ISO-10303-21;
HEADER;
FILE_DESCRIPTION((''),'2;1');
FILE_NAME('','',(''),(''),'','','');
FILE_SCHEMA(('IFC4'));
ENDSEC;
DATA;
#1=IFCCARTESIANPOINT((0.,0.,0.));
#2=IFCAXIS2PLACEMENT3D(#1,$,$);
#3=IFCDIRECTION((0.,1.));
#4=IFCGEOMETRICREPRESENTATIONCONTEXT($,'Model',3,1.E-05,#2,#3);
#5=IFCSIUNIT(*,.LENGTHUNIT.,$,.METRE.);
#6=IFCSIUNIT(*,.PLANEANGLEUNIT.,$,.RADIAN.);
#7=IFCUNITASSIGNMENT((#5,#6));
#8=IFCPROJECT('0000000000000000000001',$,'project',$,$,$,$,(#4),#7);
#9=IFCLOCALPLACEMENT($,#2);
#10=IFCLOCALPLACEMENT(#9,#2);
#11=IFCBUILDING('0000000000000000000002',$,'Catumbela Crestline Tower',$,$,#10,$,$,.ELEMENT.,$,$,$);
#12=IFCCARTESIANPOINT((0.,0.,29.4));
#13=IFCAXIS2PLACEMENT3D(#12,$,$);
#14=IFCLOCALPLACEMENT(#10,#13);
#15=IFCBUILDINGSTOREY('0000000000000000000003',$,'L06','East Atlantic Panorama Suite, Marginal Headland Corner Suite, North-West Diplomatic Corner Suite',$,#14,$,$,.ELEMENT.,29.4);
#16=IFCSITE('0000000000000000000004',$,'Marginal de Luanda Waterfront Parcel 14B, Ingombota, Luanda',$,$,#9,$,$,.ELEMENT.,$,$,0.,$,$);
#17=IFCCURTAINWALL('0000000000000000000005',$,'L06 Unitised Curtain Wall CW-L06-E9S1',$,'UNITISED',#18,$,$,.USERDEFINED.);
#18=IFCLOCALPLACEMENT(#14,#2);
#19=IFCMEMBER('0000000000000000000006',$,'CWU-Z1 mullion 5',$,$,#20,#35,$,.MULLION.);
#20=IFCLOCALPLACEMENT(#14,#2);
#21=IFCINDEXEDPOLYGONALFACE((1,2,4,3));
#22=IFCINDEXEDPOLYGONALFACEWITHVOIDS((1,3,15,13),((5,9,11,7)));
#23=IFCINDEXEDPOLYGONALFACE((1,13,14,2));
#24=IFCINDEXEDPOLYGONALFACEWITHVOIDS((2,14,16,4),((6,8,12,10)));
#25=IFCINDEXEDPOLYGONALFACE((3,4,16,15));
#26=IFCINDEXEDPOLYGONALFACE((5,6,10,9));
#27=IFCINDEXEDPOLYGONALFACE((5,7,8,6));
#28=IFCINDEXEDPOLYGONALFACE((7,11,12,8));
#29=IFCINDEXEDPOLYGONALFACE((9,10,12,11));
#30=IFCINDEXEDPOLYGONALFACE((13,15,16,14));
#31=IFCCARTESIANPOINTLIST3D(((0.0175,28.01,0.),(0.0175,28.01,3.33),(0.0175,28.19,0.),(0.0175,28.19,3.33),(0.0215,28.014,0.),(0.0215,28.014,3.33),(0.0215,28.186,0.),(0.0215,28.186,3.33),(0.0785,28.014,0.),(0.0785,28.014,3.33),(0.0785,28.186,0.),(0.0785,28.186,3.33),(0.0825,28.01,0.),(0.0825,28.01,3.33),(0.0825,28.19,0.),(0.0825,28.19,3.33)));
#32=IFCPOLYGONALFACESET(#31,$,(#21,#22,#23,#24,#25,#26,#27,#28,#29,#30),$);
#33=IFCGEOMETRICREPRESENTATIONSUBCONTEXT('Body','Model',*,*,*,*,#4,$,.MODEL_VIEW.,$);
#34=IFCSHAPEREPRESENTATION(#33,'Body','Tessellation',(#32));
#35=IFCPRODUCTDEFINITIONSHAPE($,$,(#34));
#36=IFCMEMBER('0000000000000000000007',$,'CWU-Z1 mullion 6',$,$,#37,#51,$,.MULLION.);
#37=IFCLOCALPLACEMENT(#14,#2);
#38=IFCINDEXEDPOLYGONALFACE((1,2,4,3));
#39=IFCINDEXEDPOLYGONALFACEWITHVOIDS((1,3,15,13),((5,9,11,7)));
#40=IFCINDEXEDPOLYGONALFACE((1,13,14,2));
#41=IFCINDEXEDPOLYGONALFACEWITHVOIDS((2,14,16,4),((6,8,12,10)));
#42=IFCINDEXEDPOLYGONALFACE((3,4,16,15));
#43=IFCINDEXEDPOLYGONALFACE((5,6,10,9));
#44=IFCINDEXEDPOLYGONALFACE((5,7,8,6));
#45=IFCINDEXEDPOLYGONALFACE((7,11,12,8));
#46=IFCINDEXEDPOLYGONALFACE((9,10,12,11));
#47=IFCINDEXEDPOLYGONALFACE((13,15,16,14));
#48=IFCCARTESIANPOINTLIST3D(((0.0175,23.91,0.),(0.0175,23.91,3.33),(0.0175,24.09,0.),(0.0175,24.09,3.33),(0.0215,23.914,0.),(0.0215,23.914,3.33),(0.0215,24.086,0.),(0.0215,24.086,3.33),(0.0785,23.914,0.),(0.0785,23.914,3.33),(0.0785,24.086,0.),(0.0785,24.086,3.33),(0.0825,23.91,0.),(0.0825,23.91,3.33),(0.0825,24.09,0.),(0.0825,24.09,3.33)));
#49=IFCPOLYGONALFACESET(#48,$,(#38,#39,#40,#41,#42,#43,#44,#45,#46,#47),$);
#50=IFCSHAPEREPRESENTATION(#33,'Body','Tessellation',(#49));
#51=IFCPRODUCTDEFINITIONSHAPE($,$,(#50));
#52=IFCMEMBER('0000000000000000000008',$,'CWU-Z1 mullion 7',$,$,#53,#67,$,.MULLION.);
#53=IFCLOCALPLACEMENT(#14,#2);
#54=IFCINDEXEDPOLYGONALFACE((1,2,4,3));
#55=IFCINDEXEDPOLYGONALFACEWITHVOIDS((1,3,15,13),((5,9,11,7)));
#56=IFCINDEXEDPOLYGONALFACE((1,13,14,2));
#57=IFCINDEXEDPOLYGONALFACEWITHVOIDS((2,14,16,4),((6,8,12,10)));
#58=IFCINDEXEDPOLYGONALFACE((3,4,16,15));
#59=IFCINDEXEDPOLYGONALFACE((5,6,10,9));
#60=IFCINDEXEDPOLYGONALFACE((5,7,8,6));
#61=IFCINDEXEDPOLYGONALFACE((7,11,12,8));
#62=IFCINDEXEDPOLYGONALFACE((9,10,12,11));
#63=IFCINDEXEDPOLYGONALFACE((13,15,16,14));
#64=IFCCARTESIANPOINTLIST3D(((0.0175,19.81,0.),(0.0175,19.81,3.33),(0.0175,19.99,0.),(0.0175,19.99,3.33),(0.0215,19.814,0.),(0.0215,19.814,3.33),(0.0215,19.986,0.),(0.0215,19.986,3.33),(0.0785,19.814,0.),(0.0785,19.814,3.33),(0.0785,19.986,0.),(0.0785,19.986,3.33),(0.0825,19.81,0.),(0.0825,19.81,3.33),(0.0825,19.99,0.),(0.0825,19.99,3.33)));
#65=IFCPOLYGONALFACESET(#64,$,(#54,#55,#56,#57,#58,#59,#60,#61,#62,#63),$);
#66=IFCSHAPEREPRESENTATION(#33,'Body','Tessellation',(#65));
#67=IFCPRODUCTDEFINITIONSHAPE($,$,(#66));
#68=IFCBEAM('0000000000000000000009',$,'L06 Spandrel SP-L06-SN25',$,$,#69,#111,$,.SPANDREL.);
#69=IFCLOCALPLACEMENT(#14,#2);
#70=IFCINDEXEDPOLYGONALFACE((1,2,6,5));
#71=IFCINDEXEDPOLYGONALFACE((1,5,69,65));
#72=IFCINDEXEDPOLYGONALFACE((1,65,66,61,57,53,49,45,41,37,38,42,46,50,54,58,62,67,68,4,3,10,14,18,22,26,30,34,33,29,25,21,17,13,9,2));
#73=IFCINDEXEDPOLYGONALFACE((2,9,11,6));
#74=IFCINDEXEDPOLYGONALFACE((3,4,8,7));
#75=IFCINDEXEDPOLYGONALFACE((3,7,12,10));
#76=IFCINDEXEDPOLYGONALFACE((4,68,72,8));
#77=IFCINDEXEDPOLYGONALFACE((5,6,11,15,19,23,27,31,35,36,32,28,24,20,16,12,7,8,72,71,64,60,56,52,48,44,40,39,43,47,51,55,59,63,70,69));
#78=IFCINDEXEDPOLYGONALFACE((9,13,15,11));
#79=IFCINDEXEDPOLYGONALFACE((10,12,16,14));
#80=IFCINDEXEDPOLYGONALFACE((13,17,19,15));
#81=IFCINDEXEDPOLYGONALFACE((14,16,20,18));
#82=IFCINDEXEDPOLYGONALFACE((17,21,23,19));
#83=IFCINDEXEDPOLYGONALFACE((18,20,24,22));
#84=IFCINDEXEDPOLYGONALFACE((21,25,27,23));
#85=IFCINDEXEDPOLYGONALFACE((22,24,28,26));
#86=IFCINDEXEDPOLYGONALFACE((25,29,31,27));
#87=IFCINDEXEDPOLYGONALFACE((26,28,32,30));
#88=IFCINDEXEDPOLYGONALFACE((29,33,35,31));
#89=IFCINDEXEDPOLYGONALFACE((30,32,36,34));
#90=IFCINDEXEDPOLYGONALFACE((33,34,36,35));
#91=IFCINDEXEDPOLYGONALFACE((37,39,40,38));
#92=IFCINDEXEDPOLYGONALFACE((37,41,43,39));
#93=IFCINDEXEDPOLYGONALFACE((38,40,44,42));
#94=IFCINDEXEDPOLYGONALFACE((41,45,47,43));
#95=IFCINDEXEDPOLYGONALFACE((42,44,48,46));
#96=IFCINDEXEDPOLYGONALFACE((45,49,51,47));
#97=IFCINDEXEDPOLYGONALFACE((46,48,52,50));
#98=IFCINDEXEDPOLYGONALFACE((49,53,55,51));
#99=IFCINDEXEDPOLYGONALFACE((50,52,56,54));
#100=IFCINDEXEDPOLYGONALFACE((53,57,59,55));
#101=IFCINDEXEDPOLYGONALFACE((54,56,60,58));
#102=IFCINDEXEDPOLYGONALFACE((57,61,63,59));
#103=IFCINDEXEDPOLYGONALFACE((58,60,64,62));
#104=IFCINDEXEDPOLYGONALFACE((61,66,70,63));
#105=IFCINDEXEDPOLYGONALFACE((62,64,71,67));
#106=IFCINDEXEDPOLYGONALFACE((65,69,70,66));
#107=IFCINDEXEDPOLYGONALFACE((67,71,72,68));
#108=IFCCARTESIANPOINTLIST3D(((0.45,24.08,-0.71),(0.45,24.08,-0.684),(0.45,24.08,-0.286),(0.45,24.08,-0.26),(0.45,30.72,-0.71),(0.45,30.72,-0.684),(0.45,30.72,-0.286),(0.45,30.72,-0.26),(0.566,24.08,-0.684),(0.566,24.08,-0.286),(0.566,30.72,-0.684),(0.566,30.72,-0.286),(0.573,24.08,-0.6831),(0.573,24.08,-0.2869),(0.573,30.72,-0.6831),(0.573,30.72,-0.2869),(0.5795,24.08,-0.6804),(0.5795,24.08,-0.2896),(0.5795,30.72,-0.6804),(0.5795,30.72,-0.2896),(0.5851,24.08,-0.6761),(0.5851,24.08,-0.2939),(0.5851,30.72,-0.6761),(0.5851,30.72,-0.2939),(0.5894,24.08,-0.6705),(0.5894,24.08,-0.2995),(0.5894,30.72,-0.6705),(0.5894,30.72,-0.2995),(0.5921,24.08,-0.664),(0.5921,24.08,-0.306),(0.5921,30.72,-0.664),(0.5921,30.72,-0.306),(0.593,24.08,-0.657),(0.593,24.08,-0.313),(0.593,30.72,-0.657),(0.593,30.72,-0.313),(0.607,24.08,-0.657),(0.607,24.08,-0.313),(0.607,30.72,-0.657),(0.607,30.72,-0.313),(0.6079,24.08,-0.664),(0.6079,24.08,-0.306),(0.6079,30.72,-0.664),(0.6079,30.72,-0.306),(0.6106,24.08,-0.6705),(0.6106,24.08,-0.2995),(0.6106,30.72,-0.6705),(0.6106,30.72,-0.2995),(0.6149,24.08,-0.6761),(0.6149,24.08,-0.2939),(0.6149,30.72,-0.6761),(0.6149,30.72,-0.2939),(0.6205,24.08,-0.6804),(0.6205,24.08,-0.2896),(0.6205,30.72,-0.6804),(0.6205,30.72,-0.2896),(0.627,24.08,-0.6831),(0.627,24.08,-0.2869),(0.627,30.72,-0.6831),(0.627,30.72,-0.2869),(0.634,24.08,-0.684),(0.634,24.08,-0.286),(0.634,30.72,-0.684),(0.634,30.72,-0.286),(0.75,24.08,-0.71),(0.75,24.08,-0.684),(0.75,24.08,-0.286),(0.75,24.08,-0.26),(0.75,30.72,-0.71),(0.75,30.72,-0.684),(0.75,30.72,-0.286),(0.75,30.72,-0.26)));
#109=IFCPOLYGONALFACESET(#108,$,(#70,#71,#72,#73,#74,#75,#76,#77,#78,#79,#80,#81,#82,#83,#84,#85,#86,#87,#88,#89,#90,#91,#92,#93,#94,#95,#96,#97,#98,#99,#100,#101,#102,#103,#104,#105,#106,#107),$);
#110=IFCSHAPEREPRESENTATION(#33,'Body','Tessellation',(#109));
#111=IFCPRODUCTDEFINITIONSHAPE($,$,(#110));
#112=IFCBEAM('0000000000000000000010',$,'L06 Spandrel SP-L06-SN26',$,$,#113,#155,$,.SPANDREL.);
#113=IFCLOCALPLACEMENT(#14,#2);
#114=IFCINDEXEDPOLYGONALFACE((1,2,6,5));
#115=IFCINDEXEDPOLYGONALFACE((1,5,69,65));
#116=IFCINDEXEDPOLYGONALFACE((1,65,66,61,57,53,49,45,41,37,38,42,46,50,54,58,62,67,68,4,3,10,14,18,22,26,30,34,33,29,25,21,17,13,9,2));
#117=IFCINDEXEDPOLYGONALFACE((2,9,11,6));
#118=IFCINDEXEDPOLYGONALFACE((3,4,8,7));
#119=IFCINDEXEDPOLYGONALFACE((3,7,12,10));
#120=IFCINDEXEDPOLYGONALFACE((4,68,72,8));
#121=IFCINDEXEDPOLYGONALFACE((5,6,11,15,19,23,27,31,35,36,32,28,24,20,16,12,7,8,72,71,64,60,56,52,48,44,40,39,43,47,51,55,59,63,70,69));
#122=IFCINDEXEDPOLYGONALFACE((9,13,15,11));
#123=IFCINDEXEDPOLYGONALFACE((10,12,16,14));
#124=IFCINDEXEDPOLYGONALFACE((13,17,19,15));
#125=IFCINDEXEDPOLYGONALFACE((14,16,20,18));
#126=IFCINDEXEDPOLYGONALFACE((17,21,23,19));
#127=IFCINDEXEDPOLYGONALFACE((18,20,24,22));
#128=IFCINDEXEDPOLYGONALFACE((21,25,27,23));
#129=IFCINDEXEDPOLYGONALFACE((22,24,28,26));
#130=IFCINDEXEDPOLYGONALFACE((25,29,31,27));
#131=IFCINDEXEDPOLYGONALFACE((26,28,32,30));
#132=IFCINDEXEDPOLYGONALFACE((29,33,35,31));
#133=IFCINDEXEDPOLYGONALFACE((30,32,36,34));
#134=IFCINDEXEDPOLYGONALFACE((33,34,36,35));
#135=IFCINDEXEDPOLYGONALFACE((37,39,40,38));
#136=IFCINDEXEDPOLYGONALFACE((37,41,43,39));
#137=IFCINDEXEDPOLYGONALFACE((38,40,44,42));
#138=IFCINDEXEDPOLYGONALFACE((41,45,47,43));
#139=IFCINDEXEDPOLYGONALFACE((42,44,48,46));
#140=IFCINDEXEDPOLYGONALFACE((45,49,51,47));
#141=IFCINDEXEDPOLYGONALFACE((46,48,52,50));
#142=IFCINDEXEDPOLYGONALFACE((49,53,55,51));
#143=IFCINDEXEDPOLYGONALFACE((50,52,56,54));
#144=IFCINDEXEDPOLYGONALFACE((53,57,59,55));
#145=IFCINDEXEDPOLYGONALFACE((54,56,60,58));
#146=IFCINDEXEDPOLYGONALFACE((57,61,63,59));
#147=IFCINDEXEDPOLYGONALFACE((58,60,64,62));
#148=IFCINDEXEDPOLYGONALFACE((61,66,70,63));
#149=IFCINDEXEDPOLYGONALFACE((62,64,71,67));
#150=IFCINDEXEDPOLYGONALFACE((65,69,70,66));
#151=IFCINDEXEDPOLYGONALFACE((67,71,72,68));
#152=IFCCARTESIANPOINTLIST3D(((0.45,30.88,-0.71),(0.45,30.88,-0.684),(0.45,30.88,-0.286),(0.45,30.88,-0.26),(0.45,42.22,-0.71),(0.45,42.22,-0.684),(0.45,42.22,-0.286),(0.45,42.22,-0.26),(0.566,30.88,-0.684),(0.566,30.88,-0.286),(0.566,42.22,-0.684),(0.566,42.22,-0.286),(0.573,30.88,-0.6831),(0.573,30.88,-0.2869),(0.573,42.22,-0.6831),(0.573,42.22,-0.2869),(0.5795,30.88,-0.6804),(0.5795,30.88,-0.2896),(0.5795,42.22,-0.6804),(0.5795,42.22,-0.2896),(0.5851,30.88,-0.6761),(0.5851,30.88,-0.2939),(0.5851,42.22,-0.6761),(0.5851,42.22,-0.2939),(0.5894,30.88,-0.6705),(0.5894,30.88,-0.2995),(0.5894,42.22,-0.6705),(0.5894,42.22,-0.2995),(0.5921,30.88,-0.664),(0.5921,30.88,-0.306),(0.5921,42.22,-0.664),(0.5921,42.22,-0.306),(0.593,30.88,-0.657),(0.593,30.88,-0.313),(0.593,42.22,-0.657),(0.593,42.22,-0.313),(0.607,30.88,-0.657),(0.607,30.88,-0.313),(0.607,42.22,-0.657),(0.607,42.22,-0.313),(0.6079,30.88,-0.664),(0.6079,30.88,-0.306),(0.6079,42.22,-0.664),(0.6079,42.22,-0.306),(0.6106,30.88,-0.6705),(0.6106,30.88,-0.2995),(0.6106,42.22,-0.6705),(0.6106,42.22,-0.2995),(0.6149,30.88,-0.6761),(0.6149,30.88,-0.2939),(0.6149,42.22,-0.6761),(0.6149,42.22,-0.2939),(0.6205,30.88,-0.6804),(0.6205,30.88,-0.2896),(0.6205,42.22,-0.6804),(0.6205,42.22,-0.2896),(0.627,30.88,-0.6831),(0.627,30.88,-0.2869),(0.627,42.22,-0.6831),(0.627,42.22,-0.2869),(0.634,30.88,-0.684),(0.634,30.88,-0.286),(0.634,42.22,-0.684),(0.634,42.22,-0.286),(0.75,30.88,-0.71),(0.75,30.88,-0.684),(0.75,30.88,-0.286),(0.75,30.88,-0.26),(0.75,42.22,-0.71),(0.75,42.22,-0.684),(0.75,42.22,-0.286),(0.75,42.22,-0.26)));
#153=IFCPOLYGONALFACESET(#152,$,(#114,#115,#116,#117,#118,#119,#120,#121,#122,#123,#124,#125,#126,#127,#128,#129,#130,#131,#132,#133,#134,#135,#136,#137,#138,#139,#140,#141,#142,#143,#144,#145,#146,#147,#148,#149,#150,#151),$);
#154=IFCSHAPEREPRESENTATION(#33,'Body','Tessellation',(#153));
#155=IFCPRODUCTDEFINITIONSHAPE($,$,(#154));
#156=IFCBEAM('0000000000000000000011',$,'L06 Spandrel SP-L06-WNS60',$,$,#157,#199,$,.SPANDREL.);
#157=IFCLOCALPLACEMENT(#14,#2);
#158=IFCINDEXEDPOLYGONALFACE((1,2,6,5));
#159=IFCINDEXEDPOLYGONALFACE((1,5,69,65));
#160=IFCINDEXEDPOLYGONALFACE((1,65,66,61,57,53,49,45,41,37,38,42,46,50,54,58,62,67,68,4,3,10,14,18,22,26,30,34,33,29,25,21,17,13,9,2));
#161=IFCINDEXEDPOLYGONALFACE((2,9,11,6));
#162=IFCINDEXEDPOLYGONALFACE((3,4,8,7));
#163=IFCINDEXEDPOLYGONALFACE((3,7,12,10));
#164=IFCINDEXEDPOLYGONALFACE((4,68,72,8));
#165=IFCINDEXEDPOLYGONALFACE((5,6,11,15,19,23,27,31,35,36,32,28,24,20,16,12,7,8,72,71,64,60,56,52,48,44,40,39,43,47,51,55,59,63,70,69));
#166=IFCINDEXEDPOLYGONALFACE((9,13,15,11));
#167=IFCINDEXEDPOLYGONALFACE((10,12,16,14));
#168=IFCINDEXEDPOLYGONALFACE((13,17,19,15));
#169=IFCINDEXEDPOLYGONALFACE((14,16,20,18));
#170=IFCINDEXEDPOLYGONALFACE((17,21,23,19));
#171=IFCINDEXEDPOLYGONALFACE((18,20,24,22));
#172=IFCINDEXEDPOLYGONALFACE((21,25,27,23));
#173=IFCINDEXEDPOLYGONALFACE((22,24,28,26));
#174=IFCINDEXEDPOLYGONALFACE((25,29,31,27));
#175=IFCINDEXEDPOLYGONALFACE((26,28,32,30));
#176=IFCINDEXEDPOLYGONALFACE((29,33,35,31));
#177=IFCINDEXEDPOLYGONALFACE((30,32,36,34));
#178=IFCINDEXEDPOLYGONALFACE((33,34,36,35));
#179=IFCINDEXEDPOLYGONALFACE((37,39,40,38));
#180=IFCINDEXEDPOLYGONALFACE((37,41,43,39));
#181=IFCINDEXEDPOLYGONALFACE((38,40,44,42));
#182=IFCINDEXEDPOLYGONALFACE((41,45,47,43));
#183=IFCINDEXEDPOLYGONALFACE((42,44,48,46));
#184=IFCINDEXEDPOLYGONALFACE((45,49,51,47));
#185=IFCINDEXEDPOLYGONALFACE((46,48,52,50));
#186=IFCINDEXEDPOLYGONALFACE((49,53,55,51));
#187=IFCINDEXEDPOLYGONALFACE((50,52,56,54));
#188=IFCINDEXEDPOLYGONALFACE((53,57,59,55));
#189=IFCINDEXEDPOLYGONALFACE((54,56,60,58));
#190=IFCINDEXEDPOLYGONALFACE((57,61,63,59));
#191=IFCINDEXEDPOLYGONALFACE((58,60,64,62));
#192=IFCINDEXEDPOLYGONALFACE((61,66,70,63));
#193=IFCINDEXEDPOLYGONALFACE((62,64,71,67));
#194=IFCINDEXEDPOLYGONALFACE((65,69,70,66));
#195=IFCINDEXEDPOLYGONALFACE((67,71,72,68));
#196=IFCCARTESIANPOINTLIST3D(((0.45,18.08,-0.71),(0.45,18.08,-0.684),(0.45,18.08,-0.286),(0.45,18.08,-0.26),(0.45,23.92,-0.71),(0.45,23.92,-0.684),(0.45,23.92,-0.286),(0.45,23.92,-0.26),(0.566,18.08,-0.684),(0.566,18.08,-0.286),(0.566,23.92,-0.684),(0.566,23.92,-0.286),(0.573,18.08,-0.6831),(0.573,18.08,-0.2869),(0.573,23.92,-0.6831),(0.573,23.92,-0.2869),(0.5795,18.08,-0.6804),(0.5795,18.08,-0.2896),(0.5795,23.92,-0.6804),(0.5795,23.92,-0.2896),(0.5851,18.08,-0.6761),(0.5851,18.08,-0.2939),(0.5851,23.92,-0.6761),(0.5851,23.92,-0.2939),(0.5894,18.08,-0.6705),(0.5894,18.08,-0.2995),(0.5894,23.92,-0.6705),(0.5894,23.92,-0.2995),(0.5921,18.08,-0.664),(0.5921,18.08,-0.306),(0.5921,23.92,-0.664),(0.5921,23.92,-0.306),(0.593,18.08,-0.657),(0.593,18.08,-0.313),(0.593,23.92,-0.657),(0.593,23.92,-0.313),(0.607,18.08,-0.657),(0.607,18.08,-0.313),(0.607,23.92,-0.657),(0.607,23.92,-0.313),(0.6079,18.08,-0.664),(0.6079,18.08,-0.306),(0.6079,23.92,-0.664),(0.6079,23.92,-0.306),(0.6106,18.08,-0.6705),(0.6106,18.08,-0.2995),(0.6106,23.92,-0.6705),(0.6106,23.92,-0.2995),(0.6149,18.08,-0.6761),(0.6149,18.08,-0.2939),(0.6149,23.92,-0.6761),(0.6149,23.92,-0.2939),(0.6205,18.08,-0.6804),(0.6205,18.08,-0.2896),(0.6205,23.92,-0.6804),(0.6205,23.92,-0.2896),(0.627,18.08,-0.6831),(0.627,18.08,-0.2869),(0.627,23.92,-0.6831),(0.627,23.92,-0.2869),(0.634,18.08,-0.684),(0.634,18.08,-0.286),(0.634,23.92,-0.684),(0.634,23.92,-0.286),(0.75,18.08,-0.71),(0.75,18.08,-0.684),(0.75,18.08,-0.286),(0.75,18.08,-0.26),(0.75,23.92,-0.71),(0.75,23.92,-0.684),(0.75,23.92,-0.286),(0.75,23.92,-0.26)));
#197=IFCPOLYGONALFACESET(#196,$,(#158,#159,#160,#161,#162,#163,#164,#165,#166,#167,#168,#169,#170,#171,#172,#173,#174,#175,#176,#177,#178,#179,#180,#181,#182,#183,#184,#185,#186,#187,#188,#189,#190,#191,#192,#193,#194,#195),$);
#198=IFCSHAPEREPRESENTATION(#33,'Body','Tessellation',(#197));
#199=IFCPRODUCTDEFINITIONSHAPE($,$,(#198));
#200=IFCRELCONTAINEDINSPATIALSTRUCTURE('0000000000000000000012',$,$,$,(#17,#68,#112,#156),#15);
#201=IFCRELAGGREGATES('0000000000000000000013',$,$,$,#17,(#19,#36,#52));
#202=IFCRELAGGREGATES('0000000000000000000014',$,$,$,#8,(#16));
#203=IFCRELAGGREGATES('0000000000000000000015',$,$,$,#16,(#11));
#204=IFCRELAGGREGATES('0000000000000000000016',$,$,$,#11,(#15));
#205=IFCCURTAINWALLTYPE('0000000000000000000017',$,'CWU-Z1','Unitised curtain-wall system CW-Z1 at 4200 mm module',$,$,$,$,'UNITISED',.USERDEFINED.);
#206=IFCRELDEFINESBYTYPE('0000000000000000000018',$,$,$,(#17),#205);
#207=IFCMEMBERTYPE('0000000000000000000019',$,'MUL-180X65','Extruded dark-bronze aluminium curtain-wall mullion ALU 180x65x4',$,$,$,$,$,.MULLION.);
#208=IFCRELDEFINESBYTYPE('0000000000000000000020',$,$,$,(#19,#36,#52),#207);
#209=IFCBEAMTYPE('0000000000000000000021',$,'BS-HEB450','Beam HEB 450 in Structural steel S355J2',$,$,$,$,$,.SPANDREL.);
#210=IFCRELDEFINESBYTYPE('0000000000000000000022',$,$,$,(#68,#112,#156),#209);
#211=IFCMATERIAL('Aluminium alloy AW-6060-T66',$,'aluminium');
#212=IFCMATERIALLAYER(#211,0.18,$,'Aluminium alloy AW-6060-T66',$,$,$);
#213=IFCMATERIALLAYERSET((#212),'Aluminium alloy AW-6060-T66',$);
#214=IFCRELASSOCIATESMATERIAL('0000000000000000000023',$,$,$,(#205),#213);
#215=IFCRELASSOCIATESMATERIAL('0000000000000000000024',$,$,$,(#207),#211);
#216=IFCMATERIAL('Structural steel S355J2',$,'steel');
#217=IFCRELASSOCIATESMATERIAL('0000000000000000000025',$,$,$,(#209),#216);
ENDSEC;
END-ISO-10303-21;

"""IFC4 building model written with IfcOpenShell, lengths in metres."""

from ifc_helpers import new_model, si_unit, direction, frame, origin, origin_2d, place, context, subcontext, project, spatial, hollow_rectangle, i_section, extrude, material, layer, layer_set, material_profile, profile_set, type_object, element, aggregate, save


model = new_model("IFC4")

# Units and contexts
model_context = context("Model", 3, precision=1e-05, world=origin(), true_north=direction((0.0, 1.0)))
body_context = subcontext(model_context, "Body", "Model", "MODEL_VIEW")
ifc_project = project(units=[si_unit("LENGTHUNIT", "METRE"), si_unit("PLANEANGLEUNIT", "RADIAN")], contexts=[model_context])

# Site, building, storey
site_placement = place(None, origin())
site = spatial("IfcSite", under=ifc_project, at=site_placement, Name="Marginal de Luanda Waterfront Parcel 14B, Ingombota, Luanda", CompositionType="ELEMENT", RefElevation=0.0)
building_placement = place(site_placement, origin())
building = spatial("IfcBuilding", under=site, at=building_placement, Name="Catumbela Crestline Tower", CompositionType="ELEMENT")
storey_placement = place(building_placement, frame((0.0, 0.0, 29.4)))
storey = spatial("IfcBuildingStorey", under=building, at=storey_placement, Name="L06", Description="East Atlantic Panorama Suite, Marginal Headland Corner Suite, North-West Diplomatic Corner Suite", CompositionType="ELEMENT", Elevation=29.4)

# Shared definitions
ifc_material_1 = material(Name="Structural steel S355J2", Category="steel")

# Curtain wall, members
ifc_material_2 = material(Name="Aluminium alloy AW-6060-T66", Category="aluminium")
ifc_layer_1 = layer(ifc_material_2, 0.18, Name="Aluminium alloy AW-6060-T66")
ifc_layer_set_1 = layer_set([ifc_layer_1], Name="Aluminium alloy AW-6060-T66")
curtain_wall_type = type_object("IfcCurtainWallType", Name="CWU-Z1", Description="Unitised curtain-wall system CW-Z1 at 4200 mm module", ElementType="UNITISED", PredefinedType="USERDEFINED", material=ifc_layer_set_1)
curtain_wall_placement = place(storey_placement, origin())
curtain_wall = element("IfcCurtainWall", 1, at=curtain_wall_placement, inside=storey, type_object=curtain_wall_type, Name="L06 Unitised Curtain Wall CW-L06-E9S1", ObjectType="UNITISED", PredefinedType="USERDEFINED")
ifc_material_profile_1 = material_profile(ifc_material_2, hollow_rectangle(XDim=0.065, YDim=0.18, WallThickness=0.004, at=origin_2d()), Name="ALU 180x65x4")
ifc_profile_set_1 = profile_set([ifc_material_profile_1], Name="Aluminium alloy AW-6060-T66")
member_type_1 = type_object("IfcMemberType", Name="MUL-180X65", Description="Extruded dark-bronze aluminium curtain-wall mullion ALU 180x65x4", PredefinedType="MULLION", material=ifc_profile_set_1)
member_1_placement = place(storey_placement, frame((0.05, 28.1, 0.0), z_axis=(0.0, 0.0, 1.0), x_axis=(1.0, 0.0, 0.0)))
member_1 = element("IfcMember", 2, at=member_1_placement, type_object=member_type_1, Name="CWU-Z1 mullion 5", PredefinedType="MULLION", context=body_context, shape_type="SweptSolid", body=[
    extrude(hollow_rectangle(XDim=0.065, YDim=0.18, WallThickness=0.004, at=origin_2d()), origin(), (0.0, 0.0, 1.0), 3.33),
])
member_2_placement = place(storey_placement, frame((0.05, 24.0, 0.0), z_axis=(0.0, 0.0, 1.0), x_axis=(1.0, 0.0, 0.0)))
member_2 = element("IfcMember", 3, at=member_2_placement, type_object=member_type_1, Name="CWU-Z1 mullion 6", PredefinedType="MULLION", context=body_context, shape_type="SweptSolid", body=[
    extrude(hollow_rectangle(XDim=0.065, YDim=0.18, WallThickness=0.004, at=origin_2d()), origin(), (0.0, 0.0, 1.0), 3.33),
])
member_3_placement = place(storey_placement, frame((0.05, 19.9, 0.0), z_axis=(0.0, 0.0, 1.0), x_axis=(1.0, 0.0, 0.0)))
member_3 = element("IfcMember", 4, at=member_3_placement, type_object=member_type_1, Name="CWU-Z1 mullion 7", PredefinedType="MULLION", context=body_context, shape_type="SweptSolid", body=[
    extrude(hollow_rectangle(XDim=0.065, YDim=0.18, WallThickness=0.004, at=origin_2d()), origin(), (0.0, 0.0, 1.0), 3.33),
])

# Beams
ifc_material_profile_2 = material_profile(ifc_material_1, i_section(OverallWidth=0.3, OverallDepth=0.45, WebThickness=0.014, FlangeThickness=0.026, FilletRadius=0.027, at=origin_2d()), Name="HEB 450")
ifc_profile_set_2 = profile_set([ifc_material_profile_2], Name="Structural steel S355J2")
beam_type_1 = type_object("IfcBeamType", Name="BS-HEB450", Description="Beam HEB 450 in Structural steel S355J2", PredefinedType="SPANDREL", material=ifc_profile_set_2)
beam_1_placement = place(storey_placement, frame((0.6, 24.08, -0.485), z_axis=(0.0, 1.0, 0.0), x_axis=(-1.0, 0.0, 0.0)))
element("IfcBeam", 5, at=beam_1_placement, inside=storey, type_object=beam_type_1, Name="L06 Spandrel SP-L06-SN25", PredefinedType="SPANDREL", context=body_context, shape_type="SweptSolid", body=[
    extrude(i_section(OverallWidth=0.3, OverallDepth=0.45, WebThickness=0.014, FlangeThickness=0.026, FilletRadius=0.027, at=origin_2d()), origin(), (0.0, 0.0, 1.0), 6.64),
])
beam_2_placement = place(storey_placement, frame((0.6, 30.88, -0.485), z_axis=(0.0, 1.0, 0.0), x_axis=(-1.0, 0.0, 0.0)))
element("IfcBeam", 6, at=beam_2_placement, inside=storey, type_object=beam_type_1, Name="L06 Spandrel SP-L06-SN26", PredefinedType="SPANDREL", context=body_context, shape_type="SweptSolid", body=[
    extrude(i_section(OverallWidth=0.3, OverallDepth=0.45, WebThickness=0.014, FlangeThickness=0.026, FilletRadius=0.027, at=origin_2d()), origin(), (0.0, 0.0, 1.0), 11.34),
])
beam_3_placement = place(storey_placement, frame((0.6, 18.08, -0.485), z_axis=(0.0, 1.0, 0.0), x_axis=(-1.0, 0.0, 0.0)))
element("IfcBeam", 7, at=beam_3_placement, inside=storey, type_object=beam_type_1, Name="L06 Spandrel SP-L06-WNS60", PredefinedType="SPANDREL", context=body_context, shape_type="SweptSolid", body=[
    extrude(i_section(OverallWidth=0.3, OverallDepth=0.45, WebThickness=0.014, FlangeThickness=0.026, FilletRadius=0.027, at=origin_2d()), origin(), (0.0, 0.0, 1.0), 5.84),
])

aggregate(curtain_wall, [member_1, member_2, member_3])

save(model, "model.ifc")
